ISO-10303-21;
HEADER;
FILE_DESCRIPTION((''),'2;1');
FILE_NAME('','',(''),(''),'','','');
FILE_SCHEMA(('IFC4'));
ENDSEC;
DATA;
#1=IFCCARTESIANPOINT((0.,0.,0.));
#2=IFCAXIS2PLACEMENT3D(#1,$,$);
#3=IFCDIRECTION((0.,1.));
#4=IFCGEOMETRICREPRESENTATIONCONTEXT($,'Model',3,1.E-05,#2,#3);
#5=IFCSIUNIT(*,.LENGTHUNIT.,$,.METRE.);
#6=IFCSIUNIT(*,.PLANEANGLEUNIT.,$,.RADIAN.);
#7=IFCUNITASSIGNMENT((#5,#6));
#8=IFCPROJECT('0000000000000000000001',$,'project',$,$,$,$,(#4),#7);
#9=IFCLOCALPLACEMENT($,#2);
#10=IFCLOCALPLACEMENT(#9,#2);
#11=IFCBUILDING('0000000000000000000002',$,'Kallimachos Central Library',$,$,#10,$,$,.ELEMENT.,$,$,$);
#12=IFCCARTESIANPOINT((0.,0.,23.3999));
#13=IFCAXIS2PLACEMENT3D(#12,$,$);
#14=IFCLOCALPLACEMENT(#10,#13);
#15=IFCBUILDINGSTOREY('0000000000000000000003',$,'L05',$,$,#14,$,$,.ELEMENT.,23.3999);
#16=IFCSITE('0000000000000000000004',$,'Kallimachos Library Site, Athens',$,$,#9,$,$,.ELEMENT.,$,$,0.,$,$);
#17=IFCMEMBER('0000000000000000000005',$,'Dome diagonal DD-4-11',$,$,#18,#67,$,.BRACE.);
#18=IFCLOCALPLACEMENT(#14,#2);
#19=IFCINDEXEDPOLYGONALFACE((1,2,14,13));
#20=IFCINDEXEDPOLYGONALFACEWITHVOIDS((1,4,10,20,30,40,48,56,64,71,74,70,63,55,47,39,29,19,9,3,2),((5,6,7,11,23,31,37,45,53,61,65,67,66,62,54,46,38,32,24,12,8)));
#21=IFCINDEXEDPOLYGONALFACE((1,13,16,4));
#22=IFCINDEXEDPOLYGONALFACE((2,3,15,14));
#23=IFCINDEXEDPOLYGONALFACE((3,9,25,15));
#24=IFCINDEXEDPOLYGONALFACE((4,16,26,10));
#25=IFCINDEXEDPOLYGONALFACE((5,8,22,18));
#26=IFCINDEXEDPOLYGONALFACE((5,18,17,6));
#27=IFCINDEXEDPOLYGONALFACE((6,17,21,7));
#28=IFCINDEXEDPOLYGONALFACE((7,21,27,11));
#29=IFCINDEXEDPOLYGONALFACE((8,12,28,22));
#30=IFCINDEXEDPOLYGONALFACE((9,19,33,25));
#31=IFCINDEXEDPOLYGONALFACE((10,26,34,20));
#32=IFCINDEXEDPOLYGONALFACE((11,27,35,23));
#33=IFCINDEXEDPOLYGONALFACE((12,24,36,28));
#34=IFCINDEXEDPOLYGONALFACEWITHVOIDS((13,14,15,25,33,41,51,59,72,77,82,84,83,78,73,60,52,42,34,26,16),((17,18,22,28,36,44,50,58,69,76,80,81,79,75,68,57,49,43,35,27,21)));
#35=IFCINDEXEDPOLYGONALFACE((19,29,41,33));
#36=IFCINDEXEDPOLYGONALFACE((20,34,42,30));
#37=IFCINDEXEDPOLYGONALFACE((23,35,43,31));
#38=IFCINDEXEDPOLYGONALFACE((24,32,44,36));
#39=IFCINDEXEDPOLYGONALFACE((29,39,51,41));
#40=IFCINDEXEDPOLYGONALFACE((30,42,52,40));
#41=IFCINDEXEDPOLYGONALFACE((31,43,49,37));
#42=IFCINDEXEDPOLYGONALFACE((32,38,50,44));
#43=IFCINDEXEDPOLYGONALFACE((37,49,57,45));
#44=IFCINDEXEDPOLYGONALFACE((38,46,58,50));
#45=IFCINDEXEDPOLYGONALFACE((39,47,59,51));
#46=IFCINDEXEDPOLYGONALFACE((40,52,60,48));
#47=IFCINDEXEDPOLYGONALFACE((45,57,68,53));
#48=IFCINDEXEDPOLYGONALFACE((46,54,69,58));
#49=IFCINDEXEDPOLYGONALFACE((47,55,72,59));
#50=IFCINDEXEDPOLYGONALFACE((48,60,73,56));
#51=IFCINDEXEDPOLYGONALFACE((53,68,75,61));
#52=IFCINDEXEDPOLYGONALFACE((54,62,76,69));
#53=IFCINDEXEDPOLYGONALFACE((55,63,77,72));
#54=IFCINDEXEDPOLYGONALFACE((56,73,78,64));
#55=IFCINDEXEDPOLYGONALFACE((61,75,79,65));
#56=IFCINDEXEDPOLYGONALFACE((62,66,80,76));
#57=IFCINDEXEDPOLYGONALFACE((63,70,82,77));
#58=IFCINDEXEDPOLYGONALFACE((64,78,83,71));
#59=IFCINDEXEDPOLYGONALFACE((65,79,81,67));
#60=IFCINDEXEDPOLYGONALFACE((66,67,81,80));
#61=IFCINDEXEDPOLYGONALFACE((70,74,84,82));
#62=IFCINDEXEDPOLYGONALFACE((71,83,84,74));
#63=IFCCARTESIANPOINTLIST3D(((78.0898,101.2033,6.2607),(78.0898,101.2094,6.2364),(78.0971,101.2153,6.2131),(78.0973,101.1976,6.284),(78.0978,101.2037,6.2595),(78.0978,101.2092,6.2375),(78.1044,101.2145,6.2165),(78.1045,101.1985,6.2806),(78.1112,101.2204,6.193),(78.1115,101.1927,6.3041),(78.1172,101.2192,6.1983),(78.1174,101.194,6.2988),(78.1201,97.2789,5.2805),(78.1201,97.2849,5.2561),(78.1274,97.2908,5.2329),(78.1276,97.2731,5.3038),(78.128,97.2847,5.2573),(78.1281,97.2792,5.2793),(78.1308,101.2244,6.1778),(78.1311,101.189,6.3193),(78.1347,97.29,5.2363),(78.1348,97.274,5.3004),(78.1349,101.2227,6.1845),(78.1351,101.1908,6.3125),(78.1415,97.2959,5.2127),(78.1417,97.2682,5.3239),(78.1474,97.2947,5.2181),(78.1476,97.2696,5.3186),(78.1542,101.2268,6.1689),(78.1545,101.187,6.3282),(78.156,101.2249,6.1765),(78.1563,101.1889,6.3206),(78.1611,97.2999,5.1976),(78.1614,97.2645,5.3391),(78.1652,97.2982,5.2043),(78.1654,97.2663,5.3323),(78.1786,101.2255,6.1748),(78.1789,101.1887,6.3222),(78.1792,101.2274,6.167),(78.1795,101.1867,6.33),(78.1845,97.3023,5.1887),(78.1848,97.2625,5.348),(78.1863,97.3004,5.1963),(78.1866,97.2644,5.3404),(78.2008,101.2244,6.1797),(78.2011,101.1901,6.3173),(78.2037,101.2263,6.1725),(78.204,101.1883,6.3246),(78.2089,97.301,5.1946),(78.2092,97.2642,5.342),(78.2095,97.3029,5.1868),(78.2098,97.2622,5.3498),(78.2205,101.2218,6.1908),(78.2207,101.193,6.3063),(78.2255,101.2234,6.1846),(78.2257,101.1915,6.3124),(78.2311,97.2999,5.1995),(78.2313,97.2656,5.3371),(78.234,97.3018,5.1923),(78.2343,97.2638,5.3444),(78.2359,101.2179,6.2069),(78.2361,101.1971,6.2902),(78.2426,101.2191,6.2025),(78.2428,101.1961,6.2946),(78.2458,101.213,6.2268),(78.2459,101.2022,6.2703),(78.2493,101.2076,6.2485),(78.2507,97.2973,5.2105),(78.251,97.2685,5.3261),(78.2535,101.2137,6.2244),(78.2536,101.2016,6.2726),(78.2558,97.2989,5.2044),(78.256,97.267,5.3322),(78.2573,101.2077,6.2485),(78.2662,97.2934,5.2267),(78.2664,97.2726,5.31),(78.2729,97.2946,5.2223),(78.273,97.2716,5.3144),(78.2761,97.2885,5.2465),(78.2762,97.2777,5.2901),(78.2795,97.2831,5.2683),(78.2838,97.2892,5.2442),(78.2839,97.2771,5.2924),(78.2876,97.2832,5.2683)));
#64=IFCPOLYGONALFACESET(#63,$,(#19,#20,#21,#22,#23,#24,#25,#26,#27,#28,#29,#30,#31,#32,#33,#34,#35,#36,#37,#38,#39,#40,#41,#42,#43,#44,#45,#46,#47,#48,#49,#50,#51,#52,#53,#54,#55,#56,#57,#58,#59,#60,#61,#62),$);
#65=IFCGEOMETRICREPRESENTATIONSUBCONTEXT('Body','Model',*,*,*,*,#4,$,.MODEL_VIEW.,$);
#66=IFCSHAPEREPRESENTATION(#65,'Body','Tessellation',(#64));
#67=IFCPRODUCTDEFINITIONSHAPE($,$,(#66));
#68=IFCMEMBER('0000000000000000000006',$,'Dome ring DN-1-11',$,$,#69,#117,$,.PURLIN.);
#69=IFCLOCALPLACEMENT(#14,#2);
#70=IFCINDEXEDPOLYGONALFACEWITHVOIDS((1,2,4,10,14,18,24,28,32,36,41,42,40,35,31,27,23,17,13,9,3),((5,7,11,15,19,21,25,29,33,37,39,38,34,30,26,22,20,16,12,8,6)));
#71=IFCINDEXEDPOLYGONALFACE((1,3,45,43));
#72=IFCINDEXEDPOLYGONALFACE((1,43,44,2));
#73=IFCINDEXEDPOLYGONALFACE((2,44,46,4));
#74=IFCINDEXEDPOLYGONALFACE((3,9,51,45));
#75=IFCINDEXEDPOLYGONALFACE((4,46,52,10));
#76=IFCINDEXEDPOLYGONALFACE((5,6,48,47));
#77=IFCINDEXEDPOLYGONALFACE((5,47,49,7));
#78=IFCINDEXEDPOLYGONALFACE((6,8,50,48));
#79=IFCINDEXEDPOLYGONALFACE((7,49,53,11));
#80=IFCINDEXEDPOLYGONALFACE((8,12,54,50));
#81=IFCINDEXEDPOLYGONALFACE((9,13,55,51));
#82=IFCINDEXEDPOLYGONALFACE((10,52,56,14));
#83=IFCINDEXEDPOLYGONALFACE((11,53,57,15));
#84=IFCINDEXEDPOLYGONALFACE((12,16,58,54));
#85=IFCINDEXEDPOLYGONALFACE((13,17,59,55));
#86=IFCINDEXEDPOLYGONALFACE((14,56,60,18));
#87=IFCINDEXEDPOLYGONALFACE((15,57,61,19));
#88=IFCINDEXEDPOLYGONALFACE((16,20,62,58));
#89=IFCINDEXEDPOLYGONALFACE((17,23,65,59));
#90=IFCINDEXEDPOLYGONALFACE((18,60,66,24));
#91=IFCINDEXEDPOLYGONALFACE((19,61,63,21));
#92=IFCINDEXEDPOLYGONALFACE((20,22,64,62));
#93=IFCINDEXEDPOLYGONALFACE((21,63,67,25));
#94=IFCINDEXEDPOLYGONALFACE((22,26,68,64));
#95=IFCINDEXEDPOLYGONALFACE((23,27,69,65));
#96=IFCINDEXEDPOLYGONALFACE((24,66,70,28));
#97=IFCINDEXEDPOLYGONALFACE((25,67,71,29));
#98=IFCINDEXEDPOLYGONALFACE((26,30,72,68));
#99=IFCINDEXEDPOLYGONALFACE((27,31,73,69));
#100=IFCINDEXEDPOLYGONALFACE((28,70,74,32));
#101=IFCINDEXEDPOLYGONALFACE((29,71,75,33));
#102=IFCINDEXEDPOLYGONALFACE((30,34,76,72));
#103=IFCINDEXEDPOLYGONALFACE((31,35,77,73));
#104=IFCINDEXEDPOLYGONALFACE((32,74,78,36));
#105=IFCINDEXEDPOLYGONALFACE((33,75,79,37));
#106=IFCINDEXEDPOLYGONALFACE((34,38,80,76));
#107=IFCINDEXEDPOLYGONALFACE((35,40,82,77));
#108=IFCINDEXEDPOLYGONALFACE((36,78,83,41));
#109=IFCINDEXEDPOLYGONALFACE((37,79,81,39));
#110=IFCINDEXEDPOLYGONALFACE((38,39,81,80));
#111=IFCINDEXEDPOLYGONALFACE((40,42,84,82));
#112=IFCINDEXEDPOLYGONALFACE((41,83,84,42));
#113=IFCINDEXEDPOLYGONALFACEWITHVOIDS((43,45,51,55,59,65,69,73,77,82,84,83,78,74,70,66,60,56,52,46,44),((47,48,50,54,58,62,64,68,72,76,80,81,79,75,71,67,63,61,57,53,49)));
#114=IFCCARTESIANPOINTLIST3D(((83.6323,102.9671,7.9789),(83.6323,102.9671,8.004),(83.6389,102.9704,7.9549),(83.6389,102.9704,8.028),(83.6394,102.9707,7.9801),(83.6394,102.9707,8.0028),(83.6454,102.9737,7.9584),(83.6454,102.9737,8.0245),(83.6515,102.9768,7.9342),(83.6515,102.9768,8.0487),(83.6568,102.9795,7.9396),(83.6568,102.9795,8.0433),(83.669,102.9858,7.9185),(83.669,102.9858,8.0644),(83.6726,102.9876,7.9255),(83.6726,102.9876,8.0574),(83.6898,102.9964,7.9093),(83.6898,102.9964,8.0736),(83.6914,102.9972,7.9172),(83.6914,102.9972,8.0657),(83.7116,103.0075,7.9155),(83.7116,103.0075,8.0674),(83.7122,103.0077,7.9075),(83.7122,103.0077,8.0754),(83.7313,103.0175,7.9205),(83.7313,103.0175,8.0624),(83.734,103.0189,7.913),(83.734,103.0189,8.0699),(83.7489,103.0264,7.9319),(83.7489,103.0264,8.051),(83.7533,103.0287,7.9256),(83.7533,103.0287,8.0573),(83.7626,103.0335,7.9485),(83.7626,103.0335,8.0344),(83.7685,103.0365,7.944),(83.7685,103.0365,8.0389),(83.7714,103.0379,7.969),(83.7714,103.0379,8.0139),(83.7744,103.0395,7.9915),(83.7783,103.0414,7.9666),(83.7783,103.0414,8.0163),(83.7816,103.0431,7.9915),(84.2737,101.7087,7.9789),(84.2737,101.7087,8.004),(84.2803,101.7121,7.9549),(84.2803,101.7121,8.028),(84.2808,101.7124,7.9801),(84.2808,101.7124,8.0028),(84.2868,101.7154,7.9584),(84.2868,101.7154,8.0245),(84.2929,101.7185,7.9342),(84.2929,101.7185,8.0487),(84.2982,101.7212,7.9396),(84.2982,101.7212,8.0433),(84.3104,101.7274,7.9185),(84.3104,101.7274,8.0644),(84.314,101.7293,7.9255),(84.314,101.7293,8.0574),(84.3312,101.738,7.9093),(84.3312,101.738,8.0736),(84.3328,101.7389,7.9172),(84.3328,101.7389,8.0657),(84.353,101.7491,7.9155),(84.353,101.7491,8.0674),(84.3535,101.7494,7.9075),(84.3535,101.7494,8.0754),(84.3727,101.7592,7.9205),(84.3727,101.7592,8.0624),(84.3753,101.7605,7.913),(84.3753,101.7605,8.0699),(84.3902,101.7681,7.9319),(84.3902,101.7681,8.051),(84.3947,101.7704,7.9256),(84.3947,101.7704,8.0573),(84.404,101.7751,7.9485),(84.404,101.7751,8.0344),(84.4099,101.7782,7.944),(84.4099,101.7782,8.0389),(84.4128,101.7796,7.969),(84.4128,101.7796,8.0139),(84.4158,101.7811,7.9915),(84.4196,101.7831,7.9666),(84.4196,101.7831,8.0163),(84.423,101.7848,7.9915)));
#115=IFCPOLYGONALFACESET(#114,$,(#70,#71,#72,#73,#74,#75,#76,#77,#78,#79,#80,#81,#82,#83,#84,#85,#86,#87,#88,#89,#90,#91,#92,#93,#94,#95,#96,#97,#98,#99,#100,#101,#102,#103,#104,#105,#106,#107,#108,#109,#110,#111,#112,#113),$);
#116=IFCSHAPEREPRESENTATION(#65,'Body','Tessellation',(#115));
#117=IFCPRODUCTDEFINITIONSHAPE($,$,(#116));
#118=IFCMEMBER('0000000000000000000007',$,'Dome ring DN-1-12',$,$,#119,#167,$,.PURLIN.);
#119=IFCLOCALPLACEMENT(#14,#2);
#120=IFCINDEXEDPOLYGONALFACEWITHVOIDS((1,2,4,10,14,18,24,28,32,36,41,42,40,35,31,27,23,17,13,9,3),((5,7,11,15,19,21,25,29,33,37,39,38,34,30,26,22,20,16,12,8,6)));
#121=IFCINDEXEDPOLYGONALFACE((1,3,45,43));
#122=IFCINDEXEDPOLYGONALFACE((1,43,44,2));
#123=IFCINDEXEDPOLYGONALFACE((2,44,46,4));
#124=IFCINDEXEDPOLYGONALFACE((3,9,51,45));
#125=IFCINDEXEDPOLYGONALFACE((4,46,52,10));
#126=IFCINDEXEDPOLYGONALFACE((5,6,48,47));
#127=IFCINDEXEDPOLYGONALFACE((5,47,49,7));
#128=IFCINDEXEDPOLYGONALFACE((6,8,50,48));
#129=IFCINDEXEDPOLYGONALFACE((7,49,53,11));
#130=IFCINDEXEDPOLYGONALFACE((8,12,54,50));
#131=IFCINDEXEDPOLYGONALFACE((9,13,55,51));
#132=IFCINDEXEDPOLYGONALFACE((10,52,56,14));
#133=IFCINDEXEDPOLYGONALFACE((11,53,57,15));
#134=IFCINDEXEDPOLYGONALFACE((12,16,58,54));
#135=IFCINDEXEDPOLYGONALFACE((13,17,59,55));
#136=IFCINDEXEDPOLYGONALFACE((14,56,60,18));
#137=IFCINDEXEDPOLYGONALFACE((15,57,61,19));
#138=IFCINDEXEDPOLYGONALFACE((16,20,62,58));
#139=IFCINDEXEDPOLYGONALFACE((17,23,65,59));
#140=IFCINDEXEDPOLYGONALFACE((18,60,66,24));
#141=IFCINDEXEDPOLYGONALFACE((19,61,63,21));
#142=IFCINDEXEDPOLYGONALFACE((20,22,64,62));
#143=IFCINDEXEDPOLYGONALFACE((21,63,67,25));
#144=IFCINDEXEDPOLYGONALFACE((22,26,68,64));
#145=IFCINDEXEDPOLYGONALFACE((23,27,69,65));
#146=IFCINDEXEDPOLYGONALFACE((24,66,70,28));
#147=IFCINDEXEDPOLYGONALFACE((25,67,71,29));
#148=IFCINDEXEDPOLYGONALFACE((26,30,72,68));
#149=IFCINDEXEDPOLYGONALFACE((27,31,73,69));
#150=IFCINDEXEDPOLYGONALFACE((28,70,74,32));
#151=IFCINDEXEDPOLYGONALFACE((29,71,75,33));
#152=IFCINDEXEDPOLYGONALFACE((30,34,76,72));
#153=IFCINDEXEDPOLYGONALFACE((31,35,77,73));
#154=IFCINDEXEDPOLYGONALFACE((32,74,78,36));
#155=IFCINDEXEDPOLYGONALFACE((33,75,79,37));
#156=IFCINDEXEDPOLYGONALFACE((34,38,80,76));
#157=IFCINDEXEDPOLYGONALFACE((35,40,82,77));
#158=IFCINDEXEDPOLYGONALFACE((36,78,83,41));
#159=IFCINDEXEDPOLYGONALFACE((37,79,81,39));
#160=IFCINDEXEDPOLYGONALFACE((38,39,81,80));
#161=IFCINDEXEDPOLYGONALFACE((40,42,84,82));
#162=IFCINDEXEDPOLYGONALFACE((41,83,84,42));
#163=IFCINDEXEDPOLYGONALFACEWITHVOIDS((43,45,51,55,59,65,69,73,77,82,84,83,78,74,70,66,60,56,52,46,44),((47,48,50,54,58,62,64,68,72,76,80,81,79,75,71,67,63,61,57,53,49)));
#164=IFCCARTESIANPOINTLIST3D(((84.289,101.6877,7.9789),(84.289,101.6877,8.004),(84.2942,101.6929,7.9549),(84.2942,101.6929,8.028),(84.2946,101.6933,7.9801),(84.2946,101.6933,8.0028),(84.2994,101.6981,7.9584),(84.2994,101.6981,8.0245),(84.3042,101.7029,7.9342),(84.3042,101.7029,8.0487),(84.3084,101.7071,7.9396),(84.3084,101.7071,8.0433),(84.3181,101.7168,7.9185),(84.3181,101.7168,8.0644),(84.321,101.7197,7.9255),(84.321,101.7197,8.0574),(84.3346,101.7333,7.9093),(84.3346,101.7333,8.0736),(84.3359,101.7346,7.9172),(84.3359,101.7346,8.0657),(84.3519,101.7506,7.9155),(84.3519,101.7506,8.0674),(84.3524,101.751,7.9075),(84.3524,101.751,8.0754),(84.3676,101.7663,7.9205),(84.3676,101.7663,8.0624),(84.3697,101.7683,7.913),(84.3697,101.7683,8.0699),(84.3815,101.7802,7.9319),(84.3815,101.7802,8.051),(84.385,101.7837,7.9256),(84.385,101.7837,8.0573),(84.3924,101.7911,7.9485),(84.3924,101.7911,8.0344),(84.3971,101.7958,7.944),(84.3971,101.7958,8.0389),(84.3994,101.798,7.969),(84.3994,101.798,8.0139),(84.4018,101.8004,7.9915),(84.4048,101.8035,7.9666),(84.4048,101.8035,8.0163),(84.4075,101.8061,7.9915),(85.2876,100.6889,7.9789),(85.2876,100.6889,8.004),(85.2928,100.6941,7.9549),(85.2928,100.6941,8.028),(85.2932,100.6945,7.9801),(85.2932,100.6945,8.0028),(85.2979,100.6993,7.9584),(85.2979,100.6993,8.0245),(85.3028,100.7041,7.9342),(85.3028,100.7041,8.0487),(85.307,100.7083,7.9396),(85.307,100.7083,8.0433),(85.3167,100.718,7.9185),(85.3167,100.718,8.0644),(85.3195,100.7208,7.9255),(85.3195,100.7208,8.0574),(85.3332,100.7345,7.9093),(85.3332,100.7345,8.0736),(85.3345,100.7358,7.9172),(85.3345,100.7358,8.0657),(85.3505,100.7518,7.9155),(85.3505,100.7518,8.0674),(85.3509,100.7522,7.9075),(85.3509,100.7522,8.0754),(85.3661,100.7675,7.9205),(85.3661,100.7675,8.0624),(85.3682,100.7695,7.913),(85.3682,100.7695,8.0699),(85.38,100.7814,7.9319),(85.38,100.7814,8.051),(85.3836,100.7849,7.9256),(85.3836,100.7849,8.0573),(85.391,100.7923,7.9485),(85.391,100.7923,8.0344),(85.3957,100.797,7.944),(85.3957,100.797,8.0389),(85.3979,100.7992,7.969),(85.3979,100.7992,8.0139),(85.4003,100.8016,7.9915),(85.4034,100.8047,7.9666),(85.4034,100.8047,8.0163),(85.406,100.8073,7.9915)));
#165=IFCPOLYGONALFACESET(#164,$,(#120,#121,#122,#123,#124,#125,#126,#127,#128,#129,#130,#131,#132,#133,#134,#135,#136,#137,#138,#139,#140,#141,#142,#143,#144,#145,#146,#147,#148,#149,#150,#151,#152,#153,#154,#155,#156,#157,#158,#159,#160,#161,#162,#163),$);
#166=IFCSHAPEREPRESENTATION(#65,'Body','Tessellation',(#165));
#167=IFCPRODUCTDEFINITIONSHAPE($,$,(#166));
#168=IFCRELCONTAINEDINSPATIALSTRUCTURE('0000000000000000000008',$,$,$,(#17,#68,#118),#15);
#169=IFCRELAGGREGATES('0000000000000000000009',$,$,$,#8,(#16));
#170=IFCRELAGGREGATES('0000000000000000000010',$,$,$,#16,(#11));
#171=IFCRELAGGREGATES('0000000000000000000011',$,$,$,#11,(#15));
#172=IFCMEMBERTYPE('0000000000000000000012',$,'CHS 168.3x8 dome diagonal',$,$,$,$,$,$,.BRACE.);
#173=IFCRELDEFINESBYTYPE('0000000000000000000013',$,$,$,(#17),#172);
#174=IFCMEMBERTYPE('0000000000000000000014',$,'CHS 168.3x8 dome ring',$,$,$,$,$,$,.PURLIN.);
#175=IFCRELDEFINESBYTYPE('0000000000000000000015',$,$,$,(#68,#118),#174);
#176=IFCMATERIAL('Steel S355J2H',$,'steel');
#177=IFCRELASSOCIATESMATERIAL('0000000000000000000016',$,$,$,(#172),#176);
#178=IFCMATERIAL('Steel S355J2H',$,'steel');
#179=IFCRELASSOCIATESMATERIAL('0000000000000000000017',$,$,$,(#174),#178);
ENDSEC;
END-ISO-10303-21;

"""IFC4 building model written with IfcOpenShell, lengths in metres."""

from ifc_helpers import new_model, si_unit, direction, frame, origin, origin_2d, place, context, subcontext, project, spatial, hollow_circle, extrude, material, material_profile, profile_set, type_object, element, save


model = new_model("IFC4")

# Units and contexts
model_context = context("Model", 3, precision=1e-05, world=origin(), true_north=direction((0.0, 1.0)))
body_context = subcontext(model_context, "Body", "Model", "MODEL_VIEW")
ifc_project = project(units=[si_unit("LENGTHUNIT", "METRE"), si_unit("PLANEANGLEUNIT", "RADIAN")], contexts=[model_context])

# Site, building, storey
site_placement = place(None, origin())
site = spatial("IfcSite", under=ifc_project, at=site_placement, Name="Kallimachos Library Site, Athens", CompositionType="ELEMENT", RefElevation=0.0)
building_placement = place(site_placement, origin())
building = spatial("IfcBuilding", under=site, at=building_placement, Name="Kallimachos Central Library", CompositionType="ELEMENT")
storey_placement = place(building_placement, frame((0.0, 0.0, 23.3999)))
storey = spatial("IfcBuildingStorey", under=building, at=storey_placement, Name="L05", CompositionType="ELEMENT", Elevation=23.3999)

# Members
ifc_material_1 = material(Name="Steel S355J2H", Category="steel")
ifc_material_profile_1 = material_profile(ifc_material_1, hollow_circle(Radius=0.0842, WallThickness=0.0081, at=origin_2d()), Name="CHS 168.3x8")
ifc_profile_set_1 = profile_set([ifc_material_profile_1], Name="Steel S355J2H")
member_type_1 = type_object("IfcMemberType", Name="CHS 168.3x8 dome diagonal", PredefinedType="BRACE", material=ifc_profile_set_1)
member_1_placement = place(storey_placement, frame((78.1731, 101.207, 6.2485), z_axis=(0.007484, -0.970169, -0.242316), x_axis=(0.99997, 0.007714, 0.0)))
element("IfcMember", 1, at=member_1_placement, inside=storey, type_object=member_type_1, Name="Dome diagonal DD-4-11", PredefinedType="BRACE", context=body_context, shape_type="SweptSolid", body=[
    extrude(hollow_circle(Radius=0.0842, WallThickness=0.0081, at=origin_2d()), origin(), (0.0, 0.0, 1.0), 4.0452),
])
ifc_material_2 = material(Name="Steel S355J2H", Category="steel")
ifc_material_profile_2 = material_profile(ifc_material_2, hollow_circle(Radius=0.0842, WallThickness=0.0081, at=origin_2d()), Name="CHS 168.3x8")
ifc_profile_set_2 = profile_set([ifc_material_profile_2], Name="Steel S355J2H")
member_type_2 = type_object("IfcMemberType", Name="CHS 168.3x8 dome ring", PredefinedType="PURLIN", material=ifc_profile_set_2)
for number, where, z_axis, x_axis, name in (
    (2, (83.7065, 103.0049, 7.9915), (0.454115, -0.890943, 0.0), (0.890943, 0.454115, 0.0), "Dome ring DN-1-11"),
    (3, (84.3479, 101.7466, 7.9915), (0.70702, -0.707193, 0.0), (0.707193, 0.70702, 0.0), "Dome ring DN-1-12"),
):
    element("IfcMember", number, at=place(storey_placement, frame(where, z_axis=z_axis, x_axis=x_axis)), inside=storey, type_object=member_type_2, Name=name, PredefinedType="PURLIN", context=body_context, shape_type="SweptSolid", body=[
        extrude(hollow_circle(Radius=0.0842, WallThickness=0.0081, at=origin_2d()), origin(), (0.0, 0.0, 1.0), 1.4124),
    ])

save(model, "model.ifc")
